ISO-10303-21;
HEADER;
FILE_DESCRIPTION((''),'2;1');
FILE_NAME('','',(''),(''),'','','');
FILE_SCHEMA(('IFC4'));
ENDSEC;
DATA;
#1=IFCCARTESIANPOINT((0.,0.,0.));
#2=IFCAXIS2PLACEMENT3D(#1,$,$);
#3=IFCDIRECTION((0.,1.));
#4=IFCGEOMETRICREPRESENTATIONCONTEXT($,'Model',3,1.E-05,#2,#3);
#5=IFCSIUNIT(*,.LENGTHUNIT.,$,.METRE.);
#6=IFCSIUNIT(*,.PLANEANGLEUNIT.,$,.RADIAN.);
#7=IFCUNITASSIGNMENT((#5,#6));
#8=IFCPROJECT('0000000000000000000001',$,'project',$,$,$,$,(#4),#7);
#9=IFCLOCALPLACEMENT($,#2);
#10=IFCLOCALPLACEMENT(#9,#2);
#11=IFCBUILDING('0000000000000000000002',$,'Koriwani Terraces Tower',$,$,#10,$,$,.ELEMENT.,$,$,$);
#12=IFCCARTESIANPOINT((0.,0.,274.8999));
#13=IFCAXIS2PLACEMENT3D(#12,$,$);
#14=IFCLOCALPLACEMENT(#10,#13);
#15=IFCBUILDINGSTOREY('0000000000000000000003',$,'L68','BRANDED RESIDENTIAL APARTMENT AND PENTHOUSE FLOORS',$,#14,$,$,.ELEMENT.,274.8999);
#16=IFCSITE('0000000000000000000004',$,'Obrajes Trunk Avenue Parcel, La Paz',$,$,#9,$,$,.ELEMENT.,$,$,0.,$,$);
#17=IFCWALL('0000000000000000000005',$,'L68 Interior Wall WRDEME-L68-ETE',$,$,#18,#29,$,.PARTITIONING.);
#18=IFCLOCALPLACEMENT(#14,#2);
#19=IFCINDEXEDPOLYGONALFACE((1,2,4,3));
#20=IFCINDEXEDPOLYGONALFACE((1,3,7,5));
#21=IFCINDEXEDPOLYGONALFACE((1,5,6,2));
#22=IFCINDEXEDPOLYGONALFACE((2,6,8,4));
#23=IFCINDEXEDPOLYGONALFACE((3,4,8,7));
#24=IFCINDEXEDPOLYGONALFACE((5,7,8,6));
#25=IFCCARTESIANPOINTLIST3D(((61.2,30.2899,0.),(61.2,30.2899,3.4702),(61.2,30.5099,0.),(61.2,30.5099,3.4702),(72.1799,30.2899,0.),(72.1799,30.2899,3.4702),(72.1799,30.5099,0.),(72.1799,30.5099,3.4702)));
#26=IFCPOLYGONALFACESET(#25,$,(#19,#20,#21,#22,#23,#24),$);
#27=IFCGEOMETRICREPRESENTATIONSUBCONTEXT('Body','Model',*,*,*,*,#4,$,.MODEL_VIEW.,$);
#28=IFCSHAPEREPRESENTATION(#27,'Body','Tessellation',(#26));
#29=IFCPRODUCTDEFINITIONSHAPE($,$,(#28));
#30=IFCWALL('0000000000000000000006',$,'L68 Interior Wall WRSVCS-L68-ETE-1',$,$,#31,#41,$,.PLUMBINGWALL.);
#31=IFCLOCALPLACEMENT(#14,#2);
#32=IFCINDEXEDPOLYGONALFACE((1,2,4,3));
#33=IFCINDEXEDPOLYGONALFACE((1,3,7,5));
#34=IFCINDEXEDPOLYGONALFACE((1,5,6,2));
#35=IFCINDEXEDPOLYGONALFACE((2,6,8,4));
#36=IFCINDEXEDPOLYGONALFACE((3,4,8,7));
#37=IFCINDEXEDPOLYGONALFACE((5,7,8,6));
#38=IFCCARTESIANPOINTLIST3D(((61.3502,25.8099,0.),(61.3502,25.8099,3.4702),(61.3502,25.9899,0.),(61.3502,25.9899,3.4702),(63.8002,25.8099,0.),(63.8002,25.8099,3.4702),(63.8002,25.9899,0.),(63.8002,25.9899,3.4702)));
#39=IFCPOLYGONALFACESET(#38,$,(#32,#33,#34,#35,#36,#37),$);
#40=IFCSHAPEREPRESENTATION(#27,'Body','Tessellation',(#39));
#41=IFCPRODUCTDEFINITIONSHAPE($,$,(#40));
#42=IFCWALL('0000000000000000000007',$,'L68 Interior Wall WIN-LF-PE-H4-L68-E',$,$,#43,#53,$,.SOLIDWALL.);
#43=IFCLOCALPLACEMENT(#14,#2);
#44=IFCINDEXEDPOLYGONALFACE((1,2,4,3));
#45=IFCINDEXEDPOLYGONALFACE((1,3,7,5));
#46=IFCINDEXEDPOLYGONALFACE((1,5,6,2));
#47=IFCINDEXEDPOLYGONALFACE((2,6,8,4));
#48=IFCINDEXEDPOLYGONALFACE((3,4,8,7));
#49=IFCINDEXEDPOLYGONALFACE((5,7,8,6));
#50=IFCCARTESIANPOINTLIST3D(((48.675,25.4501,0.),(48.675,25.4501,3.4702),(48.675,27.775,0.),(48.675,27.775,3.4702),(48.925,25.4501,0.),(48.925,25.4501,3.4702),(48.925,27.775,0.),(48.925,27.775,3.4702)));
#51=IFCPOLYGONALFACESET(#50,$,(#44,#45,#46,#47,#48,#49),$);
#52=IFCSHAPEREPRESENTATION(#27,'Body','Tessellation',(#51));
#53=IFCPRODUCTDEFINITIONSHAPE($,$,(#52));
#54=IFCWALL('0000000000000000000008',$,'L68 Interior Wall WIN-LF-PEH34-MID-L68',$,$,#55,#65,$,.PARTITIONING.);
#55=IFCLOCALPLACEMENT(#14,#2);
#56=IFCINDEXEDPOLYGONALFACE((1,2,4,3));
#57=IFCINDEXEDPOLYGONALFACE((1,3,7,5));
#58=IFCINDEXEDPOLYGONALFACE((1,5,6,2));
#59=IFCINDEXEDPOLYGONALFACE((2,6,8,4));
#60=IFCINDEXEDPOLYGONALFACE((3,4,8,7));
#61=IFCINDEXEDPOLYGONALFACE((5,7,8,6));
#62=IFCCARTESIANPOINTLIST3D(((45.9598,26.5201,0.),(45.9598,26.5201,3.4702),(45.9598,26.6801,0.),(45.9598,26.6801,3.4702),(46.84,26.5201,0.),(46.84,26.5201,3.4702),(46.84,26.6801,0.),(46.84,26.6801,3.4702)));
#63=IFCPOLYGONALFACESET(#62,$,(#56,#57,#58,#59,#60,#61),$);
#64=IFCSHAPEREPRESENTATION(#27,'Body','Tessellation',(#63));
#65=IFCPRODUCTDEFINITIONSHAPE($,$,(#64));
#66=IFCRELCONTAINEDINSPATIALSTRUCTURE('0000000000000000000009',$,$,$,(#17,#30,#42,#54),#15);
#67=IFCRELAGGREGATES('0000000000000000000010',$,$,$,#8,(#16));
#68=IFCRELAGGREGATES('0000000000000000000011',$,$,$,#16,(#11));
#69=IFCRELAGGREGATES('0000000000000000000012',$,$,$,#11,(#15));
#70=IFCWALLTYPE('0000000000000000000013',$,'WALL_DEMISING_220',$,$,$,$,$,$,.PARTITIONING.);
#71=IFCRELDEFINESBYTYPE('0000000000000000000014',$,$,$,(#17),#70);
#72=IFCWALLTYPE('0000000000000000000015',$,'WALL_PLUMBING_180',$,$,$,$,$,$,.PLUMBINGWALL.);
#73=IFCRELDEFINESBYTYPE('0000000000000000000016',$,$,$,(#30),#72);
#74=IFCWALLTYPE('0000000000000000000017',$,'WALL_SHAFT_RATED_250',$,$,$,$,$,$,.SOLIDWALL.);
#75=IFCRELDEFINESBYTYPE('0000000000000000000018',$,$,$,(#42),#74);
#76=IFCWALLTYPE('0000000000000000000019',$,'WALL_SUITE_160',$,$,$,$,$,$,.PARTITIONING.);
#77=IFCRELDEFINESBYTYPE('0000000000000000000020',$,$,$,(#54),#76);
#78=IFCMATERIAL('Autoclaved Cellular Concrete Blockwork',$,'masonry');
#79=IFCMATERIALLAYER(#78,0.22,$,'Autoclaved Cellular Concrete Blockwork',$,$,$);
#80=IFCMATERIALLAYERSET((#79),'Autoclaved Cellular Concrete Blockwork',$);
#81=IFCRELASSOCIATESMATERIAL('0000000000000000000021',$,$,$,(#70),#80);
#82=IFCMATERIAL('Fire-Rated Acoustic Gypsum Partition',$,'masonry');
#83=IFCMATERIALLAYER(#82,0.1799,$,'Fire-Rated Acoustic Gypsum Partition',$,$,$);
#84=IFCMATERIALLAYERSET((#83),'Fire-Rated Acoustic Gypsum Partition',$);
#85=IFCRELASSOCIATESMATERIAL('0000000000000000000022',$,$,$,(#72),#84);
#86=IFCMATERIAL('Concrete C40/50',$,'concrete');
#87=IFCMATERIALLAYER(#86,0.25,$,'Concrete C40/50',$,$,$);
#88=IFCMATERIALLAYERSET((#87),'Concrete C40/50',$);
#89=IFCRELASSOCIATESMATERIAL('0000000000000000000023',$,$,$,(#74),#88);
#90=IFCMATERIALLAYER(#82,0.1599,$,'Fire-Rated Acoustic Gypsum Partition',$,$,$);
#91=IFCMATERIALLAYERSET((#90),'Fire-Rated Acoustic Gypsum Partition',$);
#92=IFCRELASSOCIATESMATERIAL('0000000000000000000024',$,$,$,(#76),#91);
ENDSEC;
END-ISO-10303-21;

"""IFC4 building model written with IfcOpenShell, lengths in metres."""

from ifc_helpers import new_model, si_unit, direction, frame, frame_2d, origin, place, context, subcontext, project, spatial, rectangle, extrude, material, layer, layer_set, type_object, element, save


model = new_model("IFC4")

# Units and contexts
model_context = context("Model", 3, precision=1e-05, world=origin(), true_north=direction((0.0, 1.0)))
body_context = subcontext(model_context, "Body", "Model", "MODEL_VIEW")
ifc_project = project(units=[si_unit("LENGTHUNIT", "METRE"), si_unit("PLANEANGLEUNIT", "RADIAN")], contexts=[model_context])

# Site, building, storey
site_placement = place(None, origin())
site = spatial("IfcSite", under=ifc_project, at=site_placement, Name="Obrajes Trunk Avenue Parcel, La Paz", CompositionType="ELEMENT", RefElevation=0.0)
building_placement = place(site_placement, origin())
building = spatial("IfcBuilding", under=site, at=building_placement, Name="Koriwani Terraces Tower", CompositionType="ELEMENT")
storey_placement = place(building_placement, frame((0.0, 0.0, 274.8999)))
storey = spatial("IfcBuildingStorey", under=building, at=storey_placement, Name="L68", Description="BRANDED RESIDENTIAL APARTMENT AND PENTHOUSE FLOORS", CompositionType="ELEMENT", Elevation=274.8999)

# Shared definitions
ifc_material_1 = material(Name="Concrete C40/50", Category="concrete")

# Walls
ifc_material_2 = material(Name="Autoclaved Cellular Concrete Blockwork", Category="masonry")
ifc_layer_1 = layer(ifc_material_2, 0.22, Name="Autoclaved Cellular Concrete Blockwork")
ifc_layer_set_1 = layer_set([ifc_layer_1], Name="Autoclaved Cellular Concrete Blockwork")
wall_type_1 = type_object("IfcWallType", Name="WALL_DEMISING_220", PredefinedType="PARTITIONING", material=ifc_layer_set_1)
wall_1_placement = place(storey_placement, frame((61.2, 30.3999, 0.0), z_axis=(0.0, 0.0, 1.0), x_axis=(1.0, 0.0, 0.0)))
element("IfcWall", 1, at=wall_1_placement, inside=storey, type_object=wall_type_1, Name="L68 Interior Wall WRDEME-L68-ETE", PredefinedType="PARTITIONING", context=body_context, shape_type="SweptSolid", body=[
    extrude(rectangle(XDim=10.98, YDim=0.22, at=frame_2d((5.49, 0.0))), origin(), (0.0, 0.0, 1.0), 3.4702),
])
ifc_material_3 = material(Name="Fire-Rated Acoustic Gypsum Partition", Category="masonry")
ifc_layer_2 = layer(ifc_material_3, 0.1799, Name="Fire-Rated Acoustic Gypsum Partition")
ifc_layer_set_2 = layer_set([ifc_layer_2], Name="Fire-Rated Acoustic Gypsum Partition")
wall_type_2 = type_object("IfcWallType", Name="WALL_PLUMBING_180", PredefinedType="PLUMBINGWALL", material=ifc_layer_set_2)
wall_2_placement = place(storey_placement, frame((61.3501, 25.8999, 0.0), z_axis=(0.0, 0.0, 1.0), x_axis=(1.0, 0.0, 0.0)))
element("IfcWall", 2, at=wall_2_placement, inside=storey, type_object=wall_type_2, Name="L68 Interior Wall WRSVCS-L68-ETE-1", PredefinedType="PLUMBINGWALL", context=body_context, shape_type="SweptSolid", body=[
    extrude(rectangle(XDim=2.45, YDim=0.1799, at=frame_2d((1.2251, 0.0))), origin(), (0.0, 0.0, 1.0), 3.4702),
])

# Shared definitions
ifc_layer_3 = layer(ifc_material_1, 0.25, Name="Concrete C40/50")
ifc_layer_set_3 = layer_set([ifc_layer_3], Name="Concrete C40/50")
wall_type_3 = type_object("IfcWallType", Name="WALL_SHAFT_RATED_250", PredefinedType="SOLIDWALL", material=ifc_layer_set_3)

# Walls
wall_3_placement = place(storey_placement, frame((48.8, 25.45, 0.0), z_axis=(0.0, 0.0, 1.0), x_axis=(0.0, 1.0, 0.0)))
element("IfcWall", 3, at=wall_3_placement, inside=storey, type_object=wall_type_3, Name="L68 Interior Wall WIN-LF-PE-H4-L68-E", PredefinedType="SOLIDWALL", context=body_context, shape_type="SweptSolid", body=[
    extrude(rectangle(XDim=2.325, YDim=0.25, at=frame_2d((1.1626, 0.0))), origin(), (0.0, 0.0, 1.0), 3.4702),
])
ifc_layer_4 = layer(ifc_material_3, 0.1599, Name="Fire-Rated Acoustic Gypsum Partition")
ifc_layer_set_4 = layer_set([ifc_layer_4], Name="Fire-Rated Acoustic Gypsum Partition")
wall_type_4 = type_object("IfcWallType", Name="WALL_SUITE_160", PredefinedType="PARTITIONING", material=ifc_layer_set_4)
wall_4_placement = place(storey_placement, frame((45.96, 26.6001, 0.0), z_axis=(0.0, 0.0, 1.0), x_axis=(1.0, 0.0, 0.0)))
element("IfcWall", 4, at=wall_4_placement, inside=storey, type_object=wall_type_4, Name="L68 Interior Wall WIN-LF-PEH34-MID-L68", PredefinedType="PARTITIONING", context=body_context, shape_type="SweptSolid", body=[
    extrude(rectangle(XDim=0.8801, YDim=0.1599, at=frame_2d((0.4399, 0.0))), origin(), (0.0, 0.0, 1.0), 3.4702),
])

save(model, "model.ifc")
